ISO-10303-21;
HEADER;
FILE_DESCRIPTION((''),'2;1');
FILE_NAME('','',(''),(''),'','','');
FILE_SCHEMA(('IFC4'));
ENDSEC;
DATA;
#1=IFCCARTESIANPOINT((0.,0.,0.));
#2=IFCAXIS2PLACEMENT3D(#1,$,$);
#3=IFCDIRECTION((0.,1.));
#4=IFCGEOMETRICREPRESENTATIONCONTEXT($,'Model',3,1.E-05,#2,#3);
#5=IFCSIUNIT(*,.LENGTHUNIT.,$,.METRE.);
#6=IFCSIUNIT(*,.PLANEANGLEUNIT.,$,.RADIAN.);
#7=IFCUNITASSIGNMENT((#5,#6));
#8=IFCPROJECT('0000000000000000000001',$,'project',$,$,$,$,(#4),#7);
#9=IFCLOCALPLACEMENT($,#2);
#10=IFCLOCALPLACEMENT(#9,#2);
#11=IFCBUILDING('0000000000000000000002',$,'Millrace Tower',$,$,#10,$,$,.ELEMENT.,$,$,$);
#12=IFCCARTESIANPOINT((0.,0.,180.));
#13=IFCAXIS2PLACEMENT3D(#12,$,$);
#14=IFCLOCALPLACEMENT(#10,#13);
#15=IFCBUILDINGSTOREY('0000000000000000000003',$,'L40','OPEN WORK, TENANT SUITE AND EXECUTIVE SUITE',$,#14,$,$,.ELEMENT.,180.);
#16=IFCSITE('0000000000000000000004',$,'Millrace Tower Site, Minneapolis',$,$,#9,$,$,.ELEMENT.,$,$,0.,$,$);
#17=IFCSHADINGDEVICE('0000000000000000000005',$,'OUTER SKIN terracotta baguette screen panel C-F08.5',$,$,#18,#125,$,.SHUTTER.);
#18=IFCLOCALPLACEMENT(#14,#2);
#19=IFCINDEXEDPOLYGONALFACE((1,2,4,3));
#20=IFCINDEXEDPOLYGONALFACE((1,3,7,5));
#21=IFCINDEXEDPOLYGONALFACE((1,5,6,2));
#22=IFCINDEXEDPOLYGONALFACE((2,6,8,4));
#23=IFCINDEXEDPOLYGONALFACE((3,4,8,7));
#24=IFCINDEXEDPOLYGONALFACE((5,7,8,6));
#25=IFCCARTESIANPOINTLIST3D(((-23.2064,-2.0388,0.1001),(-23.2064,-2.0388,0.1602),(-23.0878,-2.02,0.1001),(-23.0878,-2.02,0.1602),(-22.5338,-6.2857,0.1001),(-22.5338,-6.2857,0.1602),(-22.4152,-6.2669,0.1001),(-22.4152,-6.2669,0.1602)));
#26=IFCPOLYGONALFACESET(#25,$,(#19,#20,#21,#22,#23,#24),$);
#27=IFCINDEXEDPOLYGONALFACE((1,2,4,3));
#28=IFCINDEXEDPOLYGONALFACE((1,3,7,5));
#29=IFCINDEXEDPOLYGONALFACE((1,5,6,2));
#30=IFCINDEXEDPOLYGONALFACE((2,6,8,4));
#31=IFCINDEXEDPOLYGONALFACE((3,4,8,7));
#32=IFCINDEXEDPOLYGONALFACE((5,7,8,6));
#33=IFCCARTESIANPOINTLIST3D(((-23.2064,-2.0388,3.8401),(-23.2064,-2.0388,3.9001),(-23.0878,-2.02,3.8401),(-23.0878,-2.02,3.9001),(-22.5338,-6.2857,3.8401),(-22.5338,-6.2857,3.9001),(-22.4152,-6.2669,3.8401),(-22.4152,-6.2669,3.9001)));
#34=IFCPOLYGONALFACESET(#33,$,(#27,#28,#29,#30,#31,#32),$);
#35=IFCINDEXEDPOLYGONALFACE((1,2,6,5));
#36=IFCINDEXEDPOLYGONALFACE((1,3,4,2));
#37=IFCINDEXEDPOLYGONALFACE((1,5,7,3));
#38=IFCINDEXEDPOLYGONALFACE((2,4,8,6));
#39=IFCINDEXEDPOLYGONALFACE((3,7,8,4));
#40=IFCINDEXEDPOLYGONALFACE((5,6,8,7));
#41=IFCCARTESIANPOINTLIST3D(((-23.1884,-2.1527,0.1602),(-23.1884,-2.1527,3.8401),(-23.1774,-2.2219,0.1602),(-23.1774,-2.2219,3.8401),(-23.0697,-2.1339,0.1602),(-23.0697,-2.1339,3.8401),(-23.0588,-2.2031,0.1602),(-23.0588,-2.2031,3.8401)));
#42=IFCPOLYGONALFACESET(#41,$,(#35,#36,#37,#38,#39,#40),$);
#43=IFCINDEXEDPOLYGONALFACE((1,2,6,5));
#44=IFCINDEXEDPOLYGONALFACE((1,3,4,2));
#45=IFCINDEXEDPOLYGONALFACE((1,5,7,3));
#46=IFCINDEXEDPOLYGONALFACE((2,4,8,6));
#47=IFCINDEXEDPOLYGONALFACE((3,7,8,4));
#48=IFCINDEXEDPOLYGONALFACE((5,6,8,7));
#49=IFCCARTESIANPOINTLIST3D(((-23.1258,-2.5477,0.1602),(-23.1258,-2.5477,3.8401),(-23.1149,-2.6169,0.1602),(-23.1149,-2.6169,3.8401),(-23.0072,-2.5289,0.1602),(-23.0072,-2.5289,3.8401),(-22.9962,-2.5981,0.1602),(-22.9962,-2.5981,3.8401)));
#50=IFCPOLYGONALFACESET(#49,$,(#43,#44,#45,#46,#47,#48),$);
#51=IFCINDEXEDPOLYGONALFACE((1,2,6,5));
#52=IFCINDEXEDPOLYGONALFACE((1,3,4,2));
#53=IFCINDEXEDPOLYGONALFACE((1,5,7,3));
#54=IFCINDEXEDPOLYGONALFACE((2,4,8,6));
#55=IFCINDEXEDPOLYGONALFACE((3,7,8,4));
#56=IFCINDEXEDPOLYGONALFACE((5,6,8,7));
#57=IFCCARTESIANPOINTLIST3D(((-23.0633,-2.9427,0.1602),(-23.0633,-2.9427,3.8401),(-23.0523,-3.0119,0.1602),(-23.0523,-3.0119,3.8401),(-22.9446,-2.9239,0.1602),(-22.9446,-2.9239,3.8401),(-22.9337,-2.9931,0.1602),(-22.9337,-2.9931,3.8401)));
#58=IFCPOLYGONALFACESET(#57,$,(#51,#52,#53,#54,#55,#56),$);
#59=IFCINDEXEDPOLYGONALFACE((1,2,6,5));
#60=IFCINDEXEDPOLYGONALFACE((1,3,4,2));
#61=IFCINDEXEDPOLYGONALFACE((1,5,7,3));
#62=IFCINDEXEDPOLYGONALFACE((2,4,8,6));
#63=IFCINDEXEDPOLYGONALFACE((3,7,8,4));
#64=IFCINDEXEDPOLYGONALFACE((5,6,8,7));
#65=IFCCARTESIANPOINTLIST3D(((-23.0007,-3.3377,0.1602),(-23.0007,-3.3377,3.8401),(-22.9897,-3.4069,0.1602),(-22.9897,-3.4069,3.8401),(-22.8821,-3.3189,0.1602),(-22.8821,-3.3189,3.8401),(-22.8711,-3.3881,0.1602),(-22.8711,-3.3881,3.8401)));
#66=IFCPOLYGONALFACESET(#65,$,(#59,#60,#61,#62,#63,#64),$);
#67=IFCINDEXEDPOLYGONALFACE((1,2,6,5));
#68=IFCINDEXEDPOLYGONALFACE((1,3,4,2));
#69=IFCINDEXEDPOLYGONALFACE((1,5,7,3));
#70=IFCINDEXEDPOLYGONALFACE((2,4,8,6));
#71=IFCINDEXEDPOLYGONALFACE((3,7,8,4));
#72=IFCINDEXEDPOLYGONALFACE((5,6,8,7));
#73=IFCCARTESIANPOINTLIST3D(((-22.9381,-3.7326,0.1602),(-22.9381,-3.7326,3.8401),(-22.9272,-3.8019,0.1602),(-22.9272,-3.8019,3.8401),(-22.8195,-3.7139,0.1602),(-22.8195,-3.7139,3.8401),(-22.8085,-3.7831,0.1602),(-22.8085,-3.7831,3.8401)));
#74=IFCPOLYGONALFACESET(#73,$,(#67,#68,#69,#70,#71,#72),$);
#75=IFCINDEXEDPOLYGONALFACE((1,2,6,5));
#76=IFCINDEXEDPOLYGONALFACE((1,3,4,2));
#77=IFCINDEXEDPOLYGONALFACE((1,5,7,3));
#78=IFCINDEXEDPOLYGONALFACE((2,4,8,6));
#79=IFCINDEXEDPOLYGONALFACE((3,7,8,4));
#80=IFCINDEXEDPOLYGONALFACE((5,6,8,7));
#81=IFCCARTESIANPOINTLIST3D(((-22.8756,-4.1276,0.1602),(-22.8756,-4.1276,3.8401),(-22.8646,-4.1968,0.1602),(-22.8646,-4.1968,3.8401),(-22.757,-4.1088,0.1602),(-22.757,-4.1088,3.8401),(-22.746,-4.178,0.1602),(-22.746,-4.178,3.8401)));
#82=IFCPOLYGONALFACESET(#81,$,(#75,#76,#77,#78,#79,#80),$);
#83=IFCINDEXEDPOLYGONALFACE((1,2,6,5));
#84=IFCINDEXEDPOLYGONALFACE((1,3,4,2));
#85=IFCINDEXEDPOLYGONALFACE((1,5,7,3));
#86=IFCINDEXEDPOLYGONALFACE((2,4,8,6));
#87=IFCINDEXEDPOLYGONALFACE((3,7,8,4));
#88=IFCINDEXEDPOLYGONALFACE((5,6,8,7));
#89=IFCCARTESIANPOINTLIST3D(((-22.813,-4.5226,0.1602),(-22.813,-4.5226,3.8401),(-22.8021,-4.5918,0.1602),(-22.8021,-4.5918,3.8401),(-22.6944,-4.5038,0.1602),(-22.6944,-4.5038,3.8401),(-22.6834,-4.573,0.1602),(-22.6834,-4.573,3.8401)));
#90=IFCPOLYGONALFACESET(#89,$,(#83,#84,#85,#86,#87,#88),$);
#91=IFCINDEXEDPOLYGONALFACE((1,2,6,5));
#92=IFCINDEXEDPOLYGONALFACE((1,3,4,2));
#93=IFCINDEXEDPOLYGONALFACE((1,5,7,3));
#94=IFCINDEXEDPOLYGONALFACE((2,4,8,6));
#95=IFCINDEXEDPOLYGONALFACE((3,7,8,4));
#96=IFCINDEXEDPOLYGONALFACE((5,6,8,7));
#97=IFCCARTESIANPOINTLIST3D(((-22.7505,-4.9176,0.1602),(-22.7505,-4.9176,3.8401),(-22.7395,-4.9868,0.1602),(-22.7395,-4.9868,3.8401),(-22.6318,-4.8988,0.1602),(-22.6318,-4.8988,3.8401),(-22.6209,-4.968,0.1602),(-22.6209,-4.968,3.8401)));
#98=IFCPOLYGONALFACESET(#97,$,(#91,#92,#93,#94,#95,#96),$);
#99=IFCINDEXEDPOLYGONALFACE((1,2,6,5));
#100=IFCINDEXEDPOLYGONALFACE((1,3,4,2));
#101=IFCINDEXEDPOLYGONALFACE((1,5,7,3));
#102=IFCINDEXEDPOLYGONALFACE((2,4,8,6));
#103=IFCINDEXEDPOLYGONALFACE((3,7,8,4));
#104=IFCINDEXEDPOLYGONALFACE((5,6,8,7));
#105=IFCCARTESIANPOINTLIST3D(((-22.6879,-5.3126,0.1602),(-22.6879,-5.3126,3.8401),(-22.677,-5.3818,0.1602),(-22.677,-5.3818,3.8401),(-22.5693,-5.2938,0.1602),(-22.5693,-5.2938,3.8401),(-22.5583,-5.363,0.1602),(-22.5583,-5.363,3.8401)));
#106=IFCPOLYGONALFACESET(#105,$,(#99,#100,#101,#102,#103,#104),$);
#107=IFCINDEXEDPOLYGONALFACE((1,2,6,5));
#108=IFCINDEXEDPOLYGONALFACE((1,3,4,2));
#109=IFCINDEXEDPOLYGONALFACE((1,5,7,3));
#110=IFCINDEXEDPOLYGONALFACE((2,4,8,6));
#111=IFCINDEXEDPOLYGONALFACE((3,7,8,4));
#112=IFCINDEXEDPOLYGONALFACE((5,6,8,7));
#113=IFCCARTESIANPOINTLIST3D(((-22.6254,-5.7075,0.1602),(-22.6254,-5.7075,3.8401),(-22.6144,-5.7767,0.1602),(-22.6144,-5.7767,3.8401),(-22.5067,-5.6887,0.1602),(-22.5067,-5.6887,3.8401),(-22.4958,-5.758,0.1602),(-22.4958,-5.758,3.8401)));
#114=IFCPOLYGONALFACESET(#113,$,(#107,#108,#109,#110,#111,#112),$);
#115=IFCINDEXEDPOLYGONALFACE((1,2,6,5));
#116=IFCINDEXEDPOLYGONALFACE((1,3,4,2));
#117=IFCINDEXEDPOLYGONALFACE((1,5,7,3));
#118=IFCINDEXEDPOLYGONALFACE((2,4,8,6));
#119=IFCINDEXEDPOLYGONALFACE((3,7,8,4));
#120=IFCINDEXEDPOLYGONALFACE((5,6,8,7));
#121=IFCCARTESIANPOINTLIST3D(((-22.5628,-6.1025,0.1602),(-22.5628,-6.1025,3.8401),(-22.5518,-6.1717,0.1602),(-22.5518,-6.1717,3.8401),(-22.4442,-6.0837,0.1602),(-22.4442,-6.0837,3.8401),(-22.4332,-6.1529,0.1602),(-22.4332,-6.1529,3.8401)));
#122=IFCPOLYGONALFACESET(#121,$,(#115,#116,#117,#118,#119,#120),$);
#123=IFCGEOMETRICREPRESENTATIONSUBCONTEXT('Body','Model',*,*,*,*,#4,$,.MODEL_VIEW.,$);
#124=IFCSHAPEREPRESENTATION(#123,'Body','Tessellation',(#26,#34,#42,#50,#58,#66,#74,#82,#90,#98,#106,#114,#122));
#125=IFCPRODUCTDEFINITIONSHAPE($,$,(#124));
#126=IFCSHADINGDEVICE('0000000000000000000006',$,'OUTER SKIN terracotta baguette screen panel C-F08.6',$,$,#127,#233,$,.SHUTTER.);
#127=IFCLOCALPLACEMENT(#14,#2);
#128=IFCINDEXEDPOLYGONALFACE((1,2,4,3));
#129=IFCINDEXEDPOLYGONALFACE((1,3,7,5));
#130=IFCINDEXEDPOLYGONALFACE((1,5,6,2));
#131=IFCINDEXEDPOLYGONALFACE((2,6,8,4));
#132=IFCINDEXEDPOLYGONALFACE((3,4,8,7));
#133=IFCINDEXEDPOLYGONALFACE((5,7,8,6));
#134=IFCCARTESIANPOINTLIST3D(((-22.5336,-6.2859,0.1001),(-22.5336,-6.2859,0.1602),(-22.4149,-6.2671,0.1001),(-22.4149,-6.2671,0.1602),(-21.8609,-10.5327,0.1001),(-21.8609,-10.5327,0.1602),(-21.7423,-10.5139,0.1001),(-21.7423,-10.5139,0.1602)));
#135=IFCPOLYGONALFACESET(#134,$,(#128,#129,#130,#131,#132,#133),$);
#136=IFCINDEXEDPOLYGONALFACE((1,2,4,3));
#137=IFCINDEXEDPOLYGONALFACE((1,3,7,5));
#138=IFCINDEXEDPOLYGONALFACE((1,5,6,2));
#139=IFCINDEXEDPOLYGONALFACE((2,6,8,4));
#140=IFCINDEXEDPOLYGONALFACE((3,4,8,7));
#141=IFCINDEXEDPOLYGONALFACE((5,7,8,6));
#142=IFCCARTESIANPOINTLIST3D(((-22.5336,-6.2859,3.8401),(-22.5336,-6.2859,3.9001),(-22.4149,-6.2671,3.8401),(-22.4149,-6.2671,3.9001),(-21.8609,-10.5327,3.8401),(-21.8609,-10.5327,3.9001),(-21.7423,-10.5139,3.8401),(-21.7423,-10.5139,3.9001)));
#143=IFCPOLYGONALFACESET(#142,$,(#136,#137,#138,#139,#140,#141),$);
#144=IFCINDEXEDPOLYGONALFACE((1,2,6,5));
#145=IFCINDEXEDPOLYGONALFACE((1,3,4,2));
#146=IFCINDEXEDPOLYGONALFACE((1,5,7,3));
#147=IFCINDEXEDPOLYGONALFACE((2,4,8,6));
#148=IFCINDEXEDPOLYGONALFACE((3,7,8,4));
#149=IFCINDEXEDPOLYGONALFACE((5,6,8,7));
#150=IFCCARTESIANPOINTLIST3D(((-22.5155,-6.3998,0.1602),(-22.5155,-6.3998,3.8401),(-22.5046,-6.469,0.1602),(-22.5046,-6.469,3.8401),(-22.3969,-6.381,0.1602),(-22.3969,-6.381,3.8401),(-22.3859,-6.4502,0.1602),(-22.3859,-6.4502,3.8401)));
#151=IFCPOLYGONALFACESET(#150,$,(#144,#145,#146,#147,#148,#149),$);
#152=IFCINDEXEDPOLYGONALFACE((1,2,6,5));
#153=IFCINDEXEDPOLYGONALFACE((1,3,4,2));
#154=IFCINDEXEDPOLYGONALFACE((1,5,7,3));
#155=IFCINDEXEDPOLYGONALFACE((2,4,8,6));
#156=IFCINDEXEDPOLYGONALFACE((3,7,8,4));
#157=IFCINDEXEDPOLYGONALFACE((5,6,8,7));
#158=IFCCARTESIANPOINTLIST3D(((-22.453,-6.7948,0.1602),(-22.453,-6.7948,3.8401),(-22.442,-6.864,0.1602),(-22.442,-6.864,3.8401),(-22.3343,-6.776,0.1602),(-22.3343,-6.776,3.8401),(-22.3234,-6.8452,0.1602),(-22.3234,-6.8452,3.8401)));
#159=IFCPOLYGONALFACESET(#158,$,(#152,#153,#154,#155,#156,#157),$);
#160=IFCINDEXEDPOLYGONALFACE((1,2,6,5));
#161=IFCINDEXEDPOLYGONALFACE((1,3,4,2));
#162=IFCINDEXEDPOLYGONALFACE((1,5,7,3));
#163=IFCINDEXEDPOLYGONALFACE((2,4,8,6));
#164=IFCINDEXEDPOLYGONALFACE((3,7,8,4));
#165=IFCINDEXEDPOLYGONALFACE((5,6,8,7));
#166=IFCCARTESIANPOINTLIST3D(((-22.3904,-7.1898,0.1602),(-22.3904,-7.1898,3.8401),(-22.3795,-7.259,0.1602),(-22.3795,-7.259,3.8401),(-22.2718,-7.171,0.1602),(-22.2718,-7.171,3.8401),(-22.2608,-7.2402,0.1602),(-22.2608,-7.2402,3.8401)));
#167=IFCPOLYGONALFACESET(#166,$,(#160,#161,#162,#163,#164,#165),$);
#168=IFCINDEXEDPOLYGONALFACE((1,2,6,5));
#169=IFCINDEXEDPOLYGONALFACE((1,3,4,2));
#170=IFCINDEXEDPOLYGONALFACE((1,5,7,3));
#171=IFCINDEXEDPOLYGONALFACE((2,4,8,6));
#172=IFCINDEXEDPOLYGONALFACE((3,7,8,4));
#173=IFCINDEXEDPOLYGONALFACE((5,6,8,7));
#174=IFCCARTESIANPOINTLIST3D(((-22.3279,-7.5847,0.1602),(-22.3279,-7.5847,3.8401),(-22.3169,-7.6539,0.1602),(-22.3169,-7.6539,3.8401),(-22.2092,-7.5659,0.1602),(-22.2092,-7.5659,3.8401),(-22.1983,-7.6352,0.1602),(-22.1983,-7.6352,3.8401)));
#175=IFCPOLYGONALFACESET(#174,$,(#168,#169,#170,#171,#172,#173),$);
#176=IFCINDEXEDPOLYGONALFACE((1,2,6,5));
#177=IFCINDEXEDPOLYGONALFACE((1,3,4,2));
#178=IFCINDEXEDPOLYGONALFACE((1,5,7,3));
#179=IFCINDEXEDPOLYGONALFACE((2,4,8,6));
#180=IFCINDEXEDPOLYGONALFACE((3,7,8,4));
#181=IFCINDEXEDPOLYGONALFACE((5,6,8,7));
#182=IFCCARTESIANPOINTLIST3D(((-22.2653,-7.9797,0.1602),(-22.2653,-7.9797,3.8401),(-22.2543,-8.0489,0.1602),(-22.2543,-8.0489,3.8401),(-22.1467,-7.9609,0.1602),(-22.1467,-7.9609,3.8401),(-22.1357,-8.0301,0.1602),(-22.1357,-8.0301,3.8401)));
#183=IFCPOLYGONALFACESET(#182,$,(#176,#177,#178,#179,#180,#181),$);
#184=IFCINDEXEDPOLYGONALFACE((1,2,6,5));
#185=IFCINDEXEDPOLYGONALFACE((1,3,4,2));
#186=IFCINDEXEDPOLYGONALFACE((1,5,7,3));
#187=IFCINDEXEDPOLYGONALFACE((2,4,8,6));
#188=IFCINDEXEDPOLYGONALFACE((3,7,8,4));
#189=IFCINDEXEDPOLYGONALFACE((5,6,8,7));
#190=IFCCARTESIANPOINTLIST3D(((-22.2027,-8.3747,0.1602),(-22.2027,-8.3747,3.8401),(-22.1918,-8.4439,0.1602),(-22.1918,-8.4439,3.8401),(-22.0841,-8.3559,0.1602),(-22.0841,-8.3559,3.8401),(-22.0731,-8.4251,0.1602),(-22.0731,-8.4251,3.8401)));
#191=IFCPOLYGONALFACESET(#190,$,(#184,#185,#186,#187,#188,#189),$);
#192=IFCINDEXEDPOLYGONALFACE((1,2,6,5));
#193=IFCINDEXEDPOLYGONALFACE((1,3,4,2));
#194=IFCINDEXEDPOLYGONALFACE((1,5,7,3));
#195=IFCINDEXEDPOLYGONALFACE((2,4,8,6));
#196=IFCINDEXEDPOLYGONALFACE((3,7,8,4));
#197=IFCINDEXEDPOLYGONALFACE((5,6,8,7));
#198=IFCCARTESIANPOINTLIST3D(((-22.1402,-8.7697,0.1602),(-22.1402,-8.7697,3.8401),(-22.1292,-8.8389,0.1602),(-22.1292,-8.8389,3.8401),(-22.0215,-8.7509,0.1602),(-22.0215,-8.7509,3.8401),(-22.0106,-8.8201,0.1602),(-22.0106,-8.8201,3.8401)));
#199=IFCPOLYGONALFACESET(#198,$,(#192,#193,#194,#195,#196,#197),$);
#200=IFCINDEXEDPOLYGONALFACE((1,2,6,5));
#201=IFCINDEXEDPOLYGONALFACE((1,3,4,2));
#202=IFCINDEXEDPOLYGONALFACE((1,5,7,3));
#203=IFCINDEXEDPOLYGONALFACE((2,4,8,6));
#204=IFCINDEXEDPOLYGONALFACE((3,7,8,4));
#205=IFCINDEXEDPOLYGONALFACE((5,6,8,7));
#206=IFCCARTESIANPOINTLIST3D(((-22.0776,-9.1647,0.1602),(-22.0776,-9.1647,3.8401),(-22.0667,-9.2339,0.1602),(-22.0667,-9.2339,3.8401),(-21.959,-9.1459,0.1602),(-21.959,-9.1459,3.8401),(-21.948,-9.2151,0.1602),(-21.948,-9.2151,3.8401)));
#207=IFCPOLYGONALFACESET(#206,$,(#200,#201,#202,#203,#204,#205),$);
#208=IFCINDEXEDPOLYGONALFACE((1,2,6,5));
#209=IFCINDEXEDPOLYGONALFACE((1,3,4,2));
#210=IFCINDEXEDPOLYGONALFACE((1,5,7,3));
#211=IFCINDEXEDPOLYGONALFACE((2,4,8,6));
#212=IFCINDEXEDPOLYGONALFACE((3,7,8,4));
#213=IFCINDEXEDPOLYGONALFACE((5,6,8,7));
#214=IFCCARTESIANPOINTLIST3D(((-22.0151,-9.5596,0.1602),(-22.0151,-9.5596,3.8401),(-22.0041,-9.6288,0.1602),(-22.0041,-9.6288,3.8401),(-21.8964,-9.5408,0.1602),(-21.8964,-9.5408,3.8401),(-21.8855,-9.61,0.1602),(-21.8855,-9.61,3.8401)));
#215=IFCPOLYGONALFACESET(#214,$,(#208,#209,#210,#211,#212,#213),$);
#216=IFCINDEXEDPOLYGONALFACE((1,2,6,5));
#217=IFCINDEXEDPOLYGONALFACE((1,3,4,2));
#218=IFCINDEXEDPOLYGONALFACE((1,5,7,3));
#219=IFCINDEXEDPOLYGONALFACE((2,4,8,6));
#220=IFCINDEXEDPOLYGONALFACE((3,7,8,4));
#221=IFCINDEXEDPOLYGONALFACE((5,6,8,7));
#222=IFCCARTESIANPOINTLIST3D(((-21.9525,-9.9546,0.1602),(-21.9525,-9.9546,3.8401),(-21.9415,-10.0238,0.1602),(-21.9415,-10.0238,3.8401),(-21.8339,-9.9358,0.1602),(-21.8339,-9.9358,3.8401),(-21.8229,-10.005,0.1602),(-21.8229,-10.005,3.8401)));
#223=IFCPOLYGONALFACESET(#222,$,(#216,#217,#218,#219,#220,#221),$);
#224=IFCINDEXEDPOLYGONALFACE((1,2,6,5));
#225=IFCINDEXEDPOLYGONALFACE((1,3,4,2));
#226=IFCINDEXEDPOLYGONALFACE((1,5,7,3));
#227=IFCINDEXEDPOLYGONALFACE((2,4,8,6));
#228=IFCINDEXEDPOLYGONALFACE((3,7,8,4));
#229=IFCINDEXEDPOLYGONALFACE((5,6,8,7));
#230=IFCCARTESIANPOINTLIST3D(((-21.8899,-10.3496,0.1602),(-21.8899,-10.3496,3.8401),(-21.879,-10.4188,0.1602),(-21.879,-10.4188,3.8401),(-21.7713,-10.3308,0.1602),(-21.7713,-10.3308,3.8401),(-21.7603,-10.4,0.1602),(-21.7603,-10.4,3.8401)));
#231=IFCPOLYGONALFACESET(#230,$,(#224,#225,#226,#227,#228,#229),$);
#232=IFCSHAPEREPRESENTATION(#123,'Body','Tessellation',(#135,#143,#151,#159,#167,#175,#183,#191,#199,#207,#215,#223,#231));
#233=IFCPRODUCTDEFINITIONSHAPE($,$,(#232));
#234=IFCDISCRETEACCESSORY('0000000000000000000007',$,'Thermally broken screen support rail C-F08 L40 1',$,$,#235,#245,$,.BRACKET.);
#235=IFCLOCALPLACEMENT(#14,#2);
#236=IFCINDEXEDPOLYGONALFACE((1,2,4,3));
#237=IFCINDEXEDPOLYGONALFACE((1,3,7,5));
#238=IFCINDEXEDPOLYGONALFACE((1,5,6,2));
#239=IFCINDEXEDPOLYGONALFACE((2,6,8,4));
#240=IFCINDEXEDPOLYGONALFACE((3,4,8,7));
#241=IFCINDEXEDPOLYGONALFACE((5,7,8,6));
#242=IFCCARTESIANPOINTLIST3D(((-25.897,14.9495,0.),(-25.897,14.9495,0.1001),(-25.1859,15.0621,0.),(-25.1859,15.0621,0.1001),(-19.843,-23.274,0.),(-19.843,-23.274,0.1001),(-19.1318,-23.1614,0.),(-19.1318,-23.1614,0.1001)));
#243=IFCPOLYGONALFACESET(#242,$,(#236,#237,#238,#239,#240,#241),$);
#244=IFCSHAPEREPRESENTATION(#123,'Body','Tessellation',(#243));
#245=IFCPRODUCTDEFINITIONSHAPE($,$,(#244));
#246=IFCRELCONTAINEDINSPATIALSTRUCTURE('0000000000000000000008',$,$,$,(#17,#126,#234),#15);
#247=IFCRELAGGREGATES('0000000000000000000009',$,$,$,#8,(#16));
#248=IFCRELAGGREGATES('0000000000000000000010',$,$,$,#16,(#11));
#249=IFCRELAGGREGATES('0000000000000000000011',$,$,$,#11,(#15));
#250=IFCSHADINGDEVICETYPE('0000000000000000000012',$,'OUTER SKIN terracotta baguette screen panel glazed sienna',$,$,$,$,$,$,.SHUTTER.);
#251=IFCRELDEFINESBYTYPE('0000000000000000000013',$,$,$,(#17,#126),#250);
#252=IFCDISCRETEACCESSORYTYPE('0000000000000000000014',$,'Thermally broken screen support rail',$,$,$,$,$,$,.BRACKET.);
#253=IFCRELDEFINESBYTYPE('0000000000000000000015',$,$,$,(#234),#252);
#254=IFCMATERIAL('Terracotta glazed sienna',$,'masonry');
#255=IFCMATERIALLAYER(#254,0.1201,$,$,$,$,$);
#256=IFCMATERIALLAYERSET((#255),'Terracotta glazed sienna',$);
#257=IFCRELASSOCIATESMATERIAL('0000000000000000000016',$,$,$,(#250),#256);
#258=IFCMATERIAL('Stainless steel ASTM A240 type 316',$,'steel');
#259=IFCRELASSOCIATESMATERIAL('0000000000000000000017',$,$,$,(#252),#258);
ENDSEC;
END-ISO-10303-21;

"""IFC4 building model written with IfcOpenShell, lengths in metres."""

from ifc_helpers import new_model, entity, si_unit, direction, frame, frame_2d, origin, origin_2d, place, context, subcontext, project, spatial, rectangle, extrude, source, transform, mapped, material, layer, layer_set, type_object, element, save


model = new_model("IFC4")

# Units and contexts
model_context = context("Model", 3, precision=1e-05, world=origin(), true_north=direction((0.0, 1.0)))
body_context = subcontext(model_context, "Body", "Model", "MODEL_VIEW")
ifc_project = project(units=[si_unit("LENGTHUNIT", "METRE"), si_unit("PLANEANGLEUNIT", "RADIAN")], contexts=[model_context])

# Site, building, storey
site_placement = place(None, origin())
site = spatial("IfcSite", under=ifc_project, at=site_placement, Name="Millrace Tower Site, Minneapolis", CompositionType="ELEMENT", RefElevation=0.0)
building_placement = place(site_placement, origin())
building = spatial("IfcBuilding", under=site, at=building_placement, Name="Millrace Tower", CompositionType="ELEMENT")
storey_placement = place(building_placement, frame((0.0, 0.0, 180.0)))
storey = spatial("IfcBuildingStorey", under=building, at=storey_placement, Name="L40", Description="OPEN WORK, TENANT SUITE AND EXECUTIVE SUITE", CompositionType="ELEMENT", Elevation=180.0)

# Shading devices
ifc_material_1 = material(Name="Terracotta glazed sienna", Category="masonry")
ifc_layer_1 = layer(ifc_material_1, 0.1201)
ifc_layer_set_1 = layer_set([ifc_layer_1], Name="Terracotta glazed sienna")
shading_device_type = type_object("IfcShadingDeviceType", Name="OUTER SKIN terracotta baguette screen panel glazed sienna", PredefinedType="SHUTTER", material=ifc_layer_set_1)
cartesian_point = entity("IfcCartesianPoint", [-2.1499, 0.0601])
shared_polyline = entity("IfcPolyline", [cartesian_point, entity("IfcCartesianPoint", [2.1499, 0.0601]), entity("IfcCartesianPoint", [2.1499, -0.0601]), entity("IfcCartesianPoint", [-2.1499, -0.0601]), cartesian_point])
shared_shape = source(origin(), body_context, "Body", "SweptSolid", [
    entity("IfcExtrudedAreaSolid", entity("IfcArbitraryClosedProfileDef", "AREA", None, shared_polyline), entity("IfcAxis2Placement3D", entity("IfcCartesianPoint", [0.0, 0.0, 0.0])), entity("IfcDirection", [0.0, 0.0, 1.0]), 0.0601),
    entity("IfcExtrudedAreaSolid", entity("IfcArbitraryClosedProfileDef", "AREA", None, shared_polyline), entity("IfcAxis2Placement3D", entity("IfcCartesianPoint", [0.0, 0.0, 3.74])), entity("IfcDirection", [0.0, 0.0, 1.0]), 0.0601),
    extrude(rectangle(XDim=0.0701, YDim=0.1201, at=frame_2d((-1.9995, 0.0))), frame((0.0, 0.0, 0.0601)), (0.0, 0.0, 1.0), 3.6799),
    extrude(rectangle(XDim=0.0701, YDim=0.1201, at=frame_2d((-1.5996, 0.0))), frame((0.0, 0.0, 0.0601)), (0.0, 0.0, 1.0), 3.6799),
    extrude(rectangle(XDim=0.0701, YDim=0.1201, at=frame_2d((-1.1997, 0.0))), frame((0.0, 0.0, 0.0601)), (0.0, 0.0, 1.0), 3.6799),
    extrude(rectangle(XDim=0.0701, YDim=0.1201, at=frame_2d((-0.7998, 0.0))), frame((0.0, 0.0, 0.0601)), (0.0, 0.0, 1.0), 3.6799),
    extrude(rectangle(XDim=0.0701, YDim=0.1201, at=frame_2d((-0.3999, 0.0))), frame((0.0, 0.0, 0.0601)), (0.0, 0.0, 1.0), 3.6799),
    extrude(rectangle(XDim=0.0701, YDim=0.1201, at=origin_2d()), frame((0.0, 0.0, 0.0601)), (0.0, 0.0, 1.0), 3.6799),
    extrude(rectangle(XDim=0.0701, YDim=0.1201, at=frame_2d((0.3999, 0.0))), frame((0.0, 0.0, 0.0601)), (0.0, 0.0, 1.0), 3.6799),
    extrude(rectangle(XDim=0.0701, YDim=0.1201, at=frame_2d((0.7998, 0.0))), frame((0.0, 0.0, 0.0601)), (0.0, 0.0, 1.0), 3.6799),
    extrude(rectangle(XDim=0.0701, YDim=0.1201, at=frame_2d((1.1997, 0.0))), frame((0.0, 0.0, 0.0601)), (0.0, 0.0, 1.0), 3.6799),
    extrude(rectangle(XDim=0.0701, YDim=0.1201, at=frame_2d((1.5996, 0.0))), frame((0.0, 0.0, 0.0601)), (0.0, 0.0, 1.0), 3.6799),
    extrude(rectangle(XDim=0.0701, YDim=0.1201, at=frame_2d((1.9995, 0.0))), frame((0.0, 0.0, 0.0601)), (0.0, 0.0, 1.0), 3.6799),
])
for number, where, z_axis, x_axis, name in (
    (1, (-22.8108, -4.1528, 0.1001), (0.0, 0.0, 1.0), (0.156434, -0.987688, 0.0), "OUTER SKIN terracotta baguette screen panel C-F08.5"),
    (2, (-22.1379, -8.3999, 0.1001), (0.0, 0.0, 1.0), (0.156434, -0.987688, 0.0), "OUTER SKIN terracotta baguette screen panel C-F08.6"),
):
    element("IfcShadingDevice", number, at=place(storey_placement, frame(where, z_axis=z_axis, x_axis=x_axis)), inside=storey, type_object=shading_device_type, Name=name, PredefinedType="SHUTTER", context=body_context, shape_type="MappedRepresentation", body=[
        mapped(shared_shape, transform((0.0, 0.0, 0.0), scale=1.0)),
    ])

# Discrete accessory
ifc_material_2 = material(Name="Stainless steel ASTM A240 type 316", Category="steel")
discrete_accessory_type = type_object("IfcDiscreteAccessoryType", Name="Thermally broken screen support rail", PredefinedType="BRACKET", material=ifc_material_2)
discrete_accessory_placement = place(storey_placement, frame((-22.5144, -4.106, 0.0), z_axis=(0.0, 0.0, 1.0), x_axis=(0.156434, -0.987688, 0.0)))
element("IfcDiscreteAccessory", 3, at=discrete_accessory_placement, inside=storey, type_object=discrete_accessory_type, Name="Thermally broken screen support rail C-F08 L40 1", PredefinedType="BRACKET", context=body_context, shape_type="SweptSolid", body=[
    extrude(rectangle(XDim=38.7, YDim=0.72, at=origin_2d()), origin(), (0.0, 0.0, 1.0), 0.1001),
])

save(model, "model.ifc")
